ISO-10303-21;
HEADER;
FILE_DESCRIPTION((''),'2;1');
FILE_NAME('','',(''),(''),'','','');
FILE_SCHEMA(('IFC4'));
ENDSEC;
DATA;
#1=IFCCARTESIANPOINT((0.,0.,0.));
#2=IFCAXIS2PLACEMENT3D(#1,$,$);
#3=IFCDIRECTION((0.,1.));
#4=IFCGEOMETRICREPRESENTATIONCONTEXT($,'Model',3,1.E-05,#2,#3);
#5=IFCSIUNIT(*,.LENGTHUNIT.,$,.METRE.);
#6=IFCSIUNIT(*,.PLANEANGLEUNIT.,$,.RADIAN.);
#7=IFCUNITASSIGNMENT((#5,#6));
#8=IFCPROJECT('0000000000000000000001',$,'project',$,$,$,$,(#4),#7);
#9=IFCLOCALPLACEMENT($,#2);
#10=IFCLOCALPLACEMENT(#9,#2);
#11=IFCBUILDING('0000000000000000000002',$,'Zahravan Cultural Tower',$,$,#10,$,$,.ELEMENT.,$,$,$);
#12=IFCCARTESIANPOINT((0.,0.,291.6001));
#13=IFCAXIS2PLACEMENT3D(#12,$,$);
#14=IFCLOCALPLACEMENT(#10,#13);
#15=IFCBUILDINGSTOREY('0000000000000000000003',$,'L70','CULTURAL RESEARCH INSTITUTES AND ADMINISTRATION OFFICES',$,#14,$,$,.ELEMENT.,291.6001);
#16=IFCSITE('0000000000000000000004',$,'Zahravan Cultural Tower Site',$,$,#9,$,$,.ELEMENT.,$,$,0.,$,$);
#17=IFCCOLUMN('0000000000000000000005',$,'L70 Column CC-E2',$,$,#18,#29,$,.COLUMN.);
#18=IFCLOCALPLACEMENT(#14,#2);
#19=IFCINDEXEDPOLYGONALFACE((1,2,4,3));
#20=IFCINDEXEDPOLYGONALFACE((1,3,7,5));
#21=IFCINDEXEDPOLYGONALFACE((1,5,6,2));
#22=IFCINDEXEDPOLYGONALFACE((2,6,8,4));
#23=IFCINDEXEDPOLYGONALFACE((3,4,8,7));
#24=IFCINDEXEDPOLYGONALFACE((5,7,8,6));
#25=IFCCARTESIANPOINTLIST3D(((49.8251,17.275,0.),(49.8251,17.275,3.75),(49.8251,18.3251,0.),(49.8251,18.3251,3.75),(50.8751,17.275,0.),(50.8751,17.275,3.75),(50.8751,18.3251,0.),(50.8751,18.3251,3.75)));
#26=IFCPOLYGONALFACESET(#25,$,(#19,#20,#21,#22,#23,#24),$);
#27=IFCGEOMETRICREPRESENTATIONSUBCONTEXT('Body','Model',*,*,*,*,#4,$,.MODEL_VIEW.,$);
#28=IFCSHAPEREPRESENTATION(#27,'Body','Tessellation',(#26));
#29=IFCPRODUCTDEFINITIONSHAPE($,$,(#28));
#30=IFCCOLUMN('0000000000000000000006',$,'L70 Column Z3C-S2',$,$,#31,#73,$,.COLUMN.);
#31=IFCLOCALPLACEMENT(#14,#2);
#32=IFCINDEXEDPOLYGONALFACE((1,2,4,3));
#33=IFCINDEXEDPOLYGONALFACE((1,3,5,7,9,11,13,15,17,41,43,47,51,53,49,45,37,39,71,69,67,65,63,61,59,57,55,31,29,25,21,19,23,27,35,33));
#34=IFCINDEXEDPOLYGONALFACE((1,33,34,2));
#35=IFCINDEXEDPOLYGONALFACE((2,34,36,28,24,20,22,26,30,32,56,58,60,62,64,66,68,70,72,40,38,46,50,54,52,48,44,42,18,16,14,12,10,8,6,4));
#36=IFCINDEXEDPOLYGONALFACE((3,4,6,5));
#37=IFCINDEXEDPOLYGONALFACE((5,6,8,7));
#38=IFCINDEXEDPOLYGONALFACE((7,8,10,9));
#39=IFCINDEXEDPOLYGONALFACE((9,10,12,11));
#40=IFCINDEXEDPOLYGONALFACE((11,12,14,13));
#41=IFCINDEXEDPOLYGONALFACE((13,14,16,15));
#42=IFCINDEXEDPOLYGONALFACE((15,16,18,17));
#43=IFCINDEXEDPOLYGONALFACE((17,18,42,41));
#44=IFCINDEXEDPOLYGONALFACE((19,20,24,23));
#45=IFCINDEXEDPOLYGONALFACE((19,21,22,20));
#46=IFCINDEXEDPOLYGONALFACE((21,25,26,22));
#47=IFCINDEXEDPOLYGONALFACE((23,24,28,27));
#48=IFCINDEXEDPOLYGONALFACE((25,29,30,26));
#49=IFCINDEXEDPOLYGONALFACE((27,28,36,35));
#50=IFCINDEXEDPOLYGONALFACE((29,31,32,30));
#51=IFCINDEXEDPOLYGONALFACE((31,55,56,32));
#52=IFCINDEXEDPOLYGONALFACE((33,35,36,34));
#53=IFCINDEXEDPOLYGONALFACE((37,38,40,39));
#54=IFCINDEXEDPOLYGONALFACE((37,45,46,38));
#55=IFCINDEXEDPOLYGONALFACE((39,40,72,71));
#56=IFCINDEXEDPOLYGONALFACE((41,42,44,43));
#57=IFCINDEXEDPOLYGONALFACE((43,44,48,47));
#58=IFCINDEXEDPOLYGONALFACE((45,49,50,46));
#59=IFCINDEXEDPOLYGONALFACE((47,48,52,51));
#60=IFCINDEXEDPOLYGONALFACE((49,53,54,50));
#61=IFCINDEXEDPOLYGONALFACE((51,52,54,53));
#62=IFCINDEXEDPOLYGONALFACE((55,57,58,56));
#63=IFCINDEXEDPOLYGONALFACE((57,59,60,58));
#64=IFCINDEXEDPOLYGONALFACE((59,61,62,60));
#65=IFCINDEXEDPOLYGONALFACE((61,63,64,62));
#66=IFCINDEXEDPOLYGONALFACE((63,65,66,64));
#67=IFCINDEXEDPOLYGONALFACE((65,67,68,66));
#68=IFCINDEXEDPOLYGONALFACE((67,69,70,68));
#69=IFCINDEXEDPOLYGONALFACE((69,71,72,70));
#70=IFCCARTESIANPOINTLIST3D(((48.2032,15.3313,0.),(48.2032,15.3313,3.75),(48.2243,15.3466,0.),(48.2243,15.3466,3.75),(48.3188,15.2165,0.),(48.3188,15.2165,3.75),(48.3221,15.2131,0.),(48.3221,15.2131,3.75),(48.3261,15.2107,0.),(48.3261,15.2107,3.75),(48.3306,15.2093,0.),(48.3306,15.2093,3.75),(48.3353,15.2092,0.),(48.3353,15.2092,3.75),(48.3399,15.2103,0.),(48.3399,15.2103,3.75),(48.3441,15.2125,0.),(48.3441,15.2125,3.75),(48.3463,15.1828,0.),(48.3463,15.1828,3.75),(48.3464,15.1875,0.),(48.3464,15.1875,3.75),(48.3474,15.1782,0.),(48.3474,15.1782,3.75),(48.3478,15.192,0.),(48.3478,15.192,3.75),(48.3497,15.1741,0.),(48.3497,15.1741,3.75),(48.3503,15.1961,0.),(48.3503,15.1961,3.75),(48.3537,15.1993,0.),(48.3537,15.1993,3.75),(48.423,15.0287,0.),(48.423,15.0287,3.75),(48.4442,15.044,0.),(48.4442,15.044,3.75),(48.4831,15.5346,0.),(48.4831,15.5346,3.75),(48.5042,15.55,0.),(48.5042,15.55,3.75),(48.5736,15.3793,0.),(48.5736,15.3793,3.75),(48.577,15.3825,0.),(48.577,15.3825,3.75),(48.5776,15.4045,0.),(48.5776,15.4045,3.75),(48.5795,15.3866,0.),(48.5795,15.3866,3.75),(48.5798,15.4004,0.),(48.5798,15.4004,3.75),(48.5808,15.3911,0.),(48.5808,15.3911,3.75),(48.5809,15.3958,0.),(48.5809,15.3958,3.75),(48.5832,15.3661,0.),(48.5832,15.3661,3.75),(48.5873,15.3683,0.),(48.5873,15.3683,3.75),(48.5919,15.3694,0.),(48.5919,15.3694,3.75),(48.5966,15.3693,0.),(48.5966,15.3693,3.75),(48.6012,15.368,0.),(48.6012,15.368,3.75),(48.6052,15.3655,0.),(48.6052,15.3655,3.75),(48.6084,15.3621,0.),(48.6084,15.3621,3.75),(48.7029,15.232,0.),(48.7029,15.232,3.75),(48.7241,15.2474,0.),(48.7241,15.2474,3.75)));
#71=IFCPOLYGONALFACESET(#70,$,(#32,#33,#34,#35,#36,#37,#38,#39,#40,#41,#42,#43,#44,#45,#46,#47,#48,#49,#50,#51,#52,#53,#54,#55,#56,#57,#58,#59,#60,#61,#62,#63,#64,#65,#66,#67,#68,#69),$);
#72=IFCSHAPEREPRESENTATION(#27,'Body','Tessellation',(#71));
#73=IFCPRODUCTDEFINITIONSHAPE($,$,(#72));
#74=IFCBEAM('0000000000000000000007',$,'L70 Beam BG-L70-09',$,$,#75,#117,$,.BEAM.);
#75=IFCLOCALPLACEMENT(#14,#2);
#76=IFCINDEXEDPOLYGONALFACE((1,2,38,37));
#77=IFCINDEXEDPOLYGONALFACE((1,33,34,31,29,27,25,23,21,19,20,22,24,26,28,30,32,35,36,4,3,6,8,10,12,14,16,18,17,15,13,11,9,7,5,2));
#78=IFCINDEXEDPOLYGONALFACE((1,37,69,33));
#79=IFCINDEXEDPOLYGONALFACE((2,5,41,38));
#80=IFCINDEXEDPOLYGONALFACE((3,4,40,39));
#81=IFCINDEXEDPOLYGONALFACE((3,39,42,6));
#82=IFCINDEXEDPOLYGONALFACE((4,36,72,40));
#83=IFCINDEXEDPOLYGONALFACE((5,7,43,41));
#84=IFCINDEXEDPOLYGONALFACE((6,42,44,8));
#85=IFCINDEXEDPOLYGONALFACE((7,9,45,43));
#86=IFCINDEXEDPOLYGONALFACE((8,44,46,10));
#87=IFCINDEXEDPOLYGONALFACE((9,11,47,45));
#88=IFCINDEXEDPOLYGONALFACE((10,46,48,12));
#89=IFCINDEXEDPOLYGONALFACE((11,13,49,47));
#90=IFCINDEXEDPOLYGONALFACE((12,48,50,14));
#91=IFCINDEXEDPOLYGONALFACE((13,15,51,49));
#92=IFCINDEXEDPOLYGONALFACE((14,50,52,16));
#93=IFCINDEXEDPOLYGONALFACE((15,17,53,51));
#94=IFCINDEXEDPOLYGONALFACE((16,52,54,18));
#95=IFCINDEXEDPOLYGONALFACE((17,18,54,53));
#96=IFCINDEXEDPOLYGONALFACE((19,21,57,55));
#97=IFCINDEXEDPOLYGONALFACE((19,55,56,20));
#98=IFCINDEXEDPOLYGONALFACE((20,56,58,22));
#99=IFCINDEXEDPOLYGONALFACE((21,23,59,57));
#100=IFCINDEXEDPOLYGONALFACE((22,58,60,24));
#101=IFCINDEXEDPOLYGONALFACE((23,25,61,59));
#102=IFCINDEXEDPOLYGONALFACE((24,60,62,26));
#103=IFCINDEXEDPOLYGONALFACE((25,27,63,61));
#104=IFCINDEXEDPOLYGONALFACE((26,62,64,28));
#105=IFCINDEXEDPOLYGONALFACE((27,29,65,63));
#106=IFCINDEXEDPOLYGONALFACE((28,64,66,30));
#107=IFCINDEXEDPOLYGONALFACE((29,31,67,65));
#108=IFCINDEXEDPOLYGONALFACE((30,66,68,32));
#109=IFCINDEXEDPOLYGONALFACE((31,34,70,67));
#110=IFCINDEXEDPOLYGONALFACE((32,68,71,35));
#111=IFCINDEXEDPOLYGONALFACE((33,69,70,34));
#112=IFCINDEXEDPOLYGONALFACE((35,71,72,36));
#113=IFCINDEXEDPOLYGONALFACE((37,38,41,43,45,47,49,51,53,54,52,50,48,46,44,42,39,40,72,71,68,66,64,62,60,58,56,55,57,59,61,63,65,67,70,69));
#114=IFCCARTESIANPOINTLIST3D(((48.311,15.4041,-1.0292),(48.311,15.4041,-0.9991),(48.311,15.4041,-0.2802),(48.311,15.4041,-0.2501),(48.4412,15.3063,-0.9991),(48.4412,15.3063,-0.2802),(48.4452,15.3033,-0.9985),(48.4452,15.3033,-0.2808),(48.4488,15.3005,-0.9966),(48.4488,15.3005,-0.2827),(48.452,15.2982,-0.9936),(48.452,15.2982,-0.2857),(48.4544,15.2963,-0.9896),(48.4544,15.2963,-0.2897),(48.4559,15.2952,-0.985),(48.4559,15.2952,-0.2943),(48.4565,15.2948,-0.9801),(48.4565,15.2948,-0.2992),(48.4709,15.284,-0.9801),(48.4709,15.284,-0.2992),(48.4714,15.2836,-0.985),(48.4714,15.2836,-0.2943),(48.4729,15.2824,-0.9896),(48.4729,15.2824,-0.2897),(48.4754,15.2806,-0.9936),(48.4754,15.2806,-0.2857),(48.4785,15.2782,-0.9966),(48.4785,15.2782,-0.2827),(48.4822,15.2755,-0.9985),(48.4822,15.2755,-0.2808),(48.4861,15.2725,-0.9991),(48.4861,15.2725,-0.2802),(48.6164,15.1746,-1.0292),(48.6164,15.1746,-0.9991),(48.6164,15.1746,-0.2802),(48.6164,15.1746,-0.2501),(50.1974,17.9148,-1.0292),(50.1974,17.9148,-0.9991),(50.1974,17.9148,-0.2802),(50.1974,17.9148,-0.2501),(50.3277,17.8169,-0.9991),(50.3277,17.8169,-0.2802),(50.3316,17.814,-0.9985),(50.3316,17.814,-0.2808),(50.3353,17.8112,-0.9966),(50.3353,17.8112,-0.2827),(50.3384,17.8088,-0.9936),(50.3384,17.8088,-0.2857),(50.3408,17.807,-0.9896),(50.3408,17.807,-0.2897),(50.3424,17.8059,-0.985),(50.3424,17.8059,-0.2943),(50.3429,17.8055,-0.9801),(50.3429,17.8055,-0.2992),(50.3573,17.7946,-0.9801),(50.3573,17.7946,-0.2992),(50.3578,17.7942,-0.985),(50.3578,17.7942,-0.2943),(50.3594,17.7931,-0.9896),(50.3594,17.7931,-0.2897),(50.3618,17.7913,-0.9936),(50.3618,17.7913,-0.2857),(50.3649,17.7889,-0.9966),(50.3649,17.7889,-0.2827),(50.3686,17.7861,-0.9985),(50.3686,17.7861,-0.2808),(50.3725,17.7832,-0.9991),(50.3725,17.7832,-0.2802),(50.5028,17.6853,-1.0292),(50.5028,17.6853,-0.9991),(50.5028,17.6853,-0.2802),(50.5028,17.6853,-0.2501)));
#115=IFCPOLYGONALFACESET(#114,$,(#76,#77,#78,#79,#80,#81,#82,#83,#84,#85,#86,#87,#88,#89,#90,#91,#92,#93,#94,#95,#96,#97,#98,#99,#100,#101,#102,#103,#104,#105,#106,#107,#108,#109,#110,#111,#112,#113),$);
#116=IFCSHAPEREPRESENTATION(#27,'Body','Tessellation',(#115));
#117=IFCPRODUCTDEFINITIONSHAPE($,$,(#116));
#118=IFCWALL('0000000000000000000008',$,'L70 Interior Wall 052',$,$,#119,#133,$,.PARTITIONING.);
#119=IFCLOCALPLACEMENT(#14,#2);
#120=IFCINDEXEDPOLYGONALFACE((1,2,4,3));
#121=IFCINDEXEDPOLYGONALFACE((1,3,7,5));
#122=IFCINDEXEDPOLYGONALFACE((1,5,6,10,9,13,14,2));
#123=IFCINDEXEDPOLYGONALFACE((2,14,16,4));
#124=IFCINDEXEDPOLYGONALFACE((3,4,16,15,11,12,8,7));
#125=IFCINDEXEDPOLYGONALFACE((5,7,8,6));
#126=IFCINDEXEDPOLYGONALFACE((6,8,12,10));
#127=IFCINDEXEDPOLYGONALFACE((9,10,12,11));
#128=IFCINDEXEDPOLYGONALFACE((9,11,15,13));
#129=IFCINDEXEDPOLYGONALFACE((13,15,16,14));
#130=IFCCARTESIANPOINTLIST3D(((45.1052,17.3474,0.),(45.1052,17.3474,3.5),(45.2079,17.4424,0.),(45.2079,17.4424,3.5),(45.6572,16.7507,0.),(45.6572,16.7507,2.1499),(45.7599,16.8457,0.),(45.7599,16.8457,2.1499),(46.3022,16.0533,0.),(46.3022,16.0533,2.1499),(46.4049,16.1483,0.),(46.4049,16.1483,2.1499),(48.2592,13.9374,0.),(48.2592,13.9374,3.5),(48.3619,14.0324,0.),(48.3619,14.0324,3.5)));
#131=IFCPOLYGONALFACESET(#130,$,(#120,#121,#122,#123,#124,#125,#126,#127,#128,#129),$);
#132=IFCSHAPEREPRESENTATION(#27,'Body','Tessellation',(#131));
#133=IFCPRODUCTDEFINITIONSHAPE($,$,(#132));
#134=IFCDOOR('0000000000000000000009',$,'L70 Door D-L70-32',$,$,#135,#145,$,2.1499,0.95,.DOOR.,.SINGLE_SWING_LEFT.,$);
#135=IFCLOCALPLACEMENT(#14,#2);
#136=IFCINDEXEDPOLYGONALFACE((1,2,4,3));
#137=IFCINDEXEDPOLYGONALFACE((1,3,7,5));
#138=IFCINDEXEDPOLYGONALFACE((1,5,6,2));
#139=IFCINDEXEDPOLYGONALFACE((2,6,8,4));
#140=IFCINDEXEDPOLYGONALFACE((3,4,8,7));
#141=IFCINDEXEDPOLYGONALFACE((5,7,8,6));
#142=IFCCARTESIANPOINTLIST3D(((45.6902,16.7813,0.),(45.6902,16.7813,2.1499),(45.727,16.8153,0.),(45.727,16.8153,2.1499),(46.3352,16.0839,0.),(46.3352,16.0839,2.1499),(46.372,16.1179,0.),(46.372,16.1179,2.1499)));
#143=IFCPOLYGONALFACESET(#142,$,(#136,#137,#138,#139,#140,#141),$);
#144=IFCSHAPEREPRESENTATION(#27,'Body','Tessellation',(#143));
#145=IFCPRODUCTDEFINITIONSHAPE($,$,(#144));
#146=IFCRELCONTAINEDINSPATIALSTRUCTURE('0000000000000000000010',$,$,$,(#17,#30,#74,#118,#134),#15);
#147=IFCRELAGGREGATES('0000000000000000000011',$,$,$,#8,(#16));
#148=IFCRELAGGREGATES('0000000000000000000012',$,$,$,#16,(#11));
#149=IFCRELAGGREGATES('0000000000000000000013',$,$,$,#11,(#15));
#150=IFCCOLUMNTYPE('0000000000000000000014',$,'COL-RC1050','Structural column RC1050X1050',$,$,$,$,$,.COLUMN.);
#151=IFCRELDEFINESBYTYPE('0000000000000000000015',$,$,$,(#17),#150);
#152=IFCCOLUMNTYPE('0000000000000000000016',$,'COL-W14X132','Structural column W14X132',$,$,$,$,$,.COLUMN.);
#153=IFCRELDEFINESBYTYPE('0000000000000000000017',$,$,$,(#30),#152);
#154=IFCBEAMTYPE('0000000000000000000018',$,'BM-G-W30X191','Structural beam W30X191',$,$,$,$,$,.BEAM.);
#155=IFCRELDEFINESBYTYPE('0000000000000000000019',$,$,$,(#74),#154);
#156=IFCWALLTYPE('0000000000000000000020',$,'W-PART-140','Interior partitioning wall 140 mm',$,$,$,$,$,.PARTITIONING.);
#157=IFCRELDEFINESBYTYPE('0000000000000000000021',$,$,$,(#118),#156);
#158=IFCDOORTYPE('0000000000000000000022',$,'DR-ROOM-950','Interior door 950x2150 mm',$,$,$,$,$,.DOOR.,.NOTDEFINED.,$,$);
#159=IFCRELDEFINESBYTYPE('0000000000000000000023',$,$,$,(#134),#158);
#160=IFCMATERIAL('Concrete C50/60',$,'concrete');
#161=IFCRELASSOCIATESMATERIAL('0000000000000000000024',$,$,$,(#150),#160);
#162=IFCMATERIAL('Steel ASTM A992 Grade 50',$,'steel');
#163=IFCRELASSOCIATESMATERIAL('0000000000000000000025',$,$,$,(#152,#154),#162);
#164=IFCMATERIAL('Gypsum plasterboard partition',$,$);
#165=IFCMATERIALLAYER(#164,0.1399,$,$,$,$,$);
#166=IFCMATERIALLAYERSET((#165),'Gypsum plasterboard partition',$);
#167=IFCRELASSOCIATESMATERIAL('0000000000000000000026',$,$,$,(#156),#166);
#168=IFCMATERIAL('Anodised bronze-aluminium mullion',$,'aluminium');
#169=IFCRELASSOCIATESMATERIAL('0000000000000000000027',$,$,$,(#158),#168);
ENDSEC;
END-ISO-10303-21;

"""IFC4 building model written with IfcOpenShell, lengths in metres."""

from ifc_helpers import new_model, si_unit, direction, frame, frame_2d, origin, origin_2d, place, context, subcontext, project, spatial, rectangle, i_section, extrude, source, transform, mapped, material, layer, layer_set, material_profile, profile_set, type_object, element, fill, save


model = new_model("IFC4")

# Units and contexts
model_context = context("Model", 3, precision=1e-05, world=origin(), true_north=direction((0.0, 1.0)))
body_context = subcontext(model_context, "Body", "Model", "MODEL_VIEW")
ifc_project = project(units=[si_unit("LENGTHUNIT", "METRE"), si_unit("PLANEANGLEUNIT", "RADIAN")], contexts=[model_context])

# Site, building, storey
site_placement = place(None, origin())
site = spatial("IfcSite", under=ifc_project, at=site_placement, Name="Zahravan Cultural Tower Site", CompositionType="ELEMENT", RefElevation=0.0)
building_placement = place(site_placement, origin())
building = spatial("IfcBuilding", under=site, at=building_placement, Name="Zahravan Cultural Tower", CompositionType="ELEMENT")
storey_placement = place(building_placement, frame((0.0, 0.0, 291.6001)))
storey = spatial("IfcBuildingStorey", under=building, at=storey_placement, Name="L70", Description="CULTURAL RESEARCH INSTITUTES AND ADMINISTRATION OFFICES", CompositionType="ELEMENT", Elevation=291.6001)

# Columns
ifc_material_1 = material(Name="Concrete C50/60", Category="concrete")
ifc_material_profile_1 = material_profile(ifc_material_1, rectangle(XDim=1.05, YDim=1.05, at=origin_2d()), Name="RC1050X1050")
ifc_profile_set_1 = profile_set([ifc_material_profile_1], Name="Concrete C50/60")
column_type_1 = type_object("IfcColumnType", Name="COL-RC1050", Description="Structural column RC1050X1050", PredefinedType="COLUMN", material=ifc_profile_set_1)
shared_shape_1 = source(origin(), body_context, "Body", "SweptSolid", [
    extrude(rectangle(XDim=1.05, YDim=1.05, at=origin_2d()), origin(), (0.0, 0.0, 1.0), 3.75),
])
column_1_placement = place(storey_placement, frame((50.3501, 17.8, 0.0), z_axis=(0.0, 0.0, 1.0), x_axis=(1.0, 0.0, 0.0)))
element("IfcColumn", 1, at=column_1_placement, inside=storey, type_object=column_type_1, Name="L70 Column CC-E2", PredefinedType="COLUMN", context=body_context, shape_type="MappedRepresentation", body=[
    mapped(shared_shape_1, transform((0.0, 0.0, 0.0), x_axis=(1.0, 0.0, 0.0), y_axis=(0.0, 1.0, 0.0), z_axis=(0.0, 0.0, 1.0), scale=1.0)),
])
ifc_material_2 = material(Name="Steel ASTM A992 Grade 50", Category="steel")
ifc_material_profile_2 = material_profile(ifc_material_2, i_section(OverallWidth=0.374, OverallDepth=0.3721, WebThickness=0.0164, FlangeThickness=0.0261, FilletRadius=0.0181, at=origin_2d()), Name="W14X132")
ifc_profile_set_2 = profile_set([ifc_material_profile_2], Name="Steel ASTM A992 Grade 50")
column_type_2 = type_object("IfcColumnType", Name="COL-W14X132", Description="Structural column W14X132", PredefinedType="COLUMN", material=ifc_profile_set_2)
shared_shape_2 = source(origin(), body_context, "Body", "SweptSolid", [
    extrude(i_section(OverallWidth=0.374, OverallDepth=0.3721, WebThickness=0.0164, FlangeThickness=0.0261, FilletRadius=0.0181, at=origin_2d()), origin(), (0.0, 0.0, 1.0), 3.75),
])
column_2_placement = place(storey_placement, frame((48.4636, 15.2893, 0.0), z_axis=(0.0, 0.0, 1.0), x_axis=(-0.587785, 0.809017, 0.0)))
element("IfcColumn", 2, at=column_2_placement, inside=storey, type_object=column_type_2, Name="L70 Column Z3C-S2", PredefinedType="COLUMN", context=body_context, shape_type="MappedRepresentation", body=[
    mapped(shared_shape_2, transform((0.0, 0.0, 0.0), x_axis=(1.0, 0.0, 0.0), y_axis=(0.0, 1.0, 0.0), z_axis=(0.0, 0.0, 1.0), scale=1.0)),
])

# Beam
ifc_material_profile_3 = material_profile(ifc_material_2, i_section(OverallWidth=0.3821, OverallDepth=0.7791, WebThickness=0.0181, FlangeThickness=0.03, FilletRadius=0.019, at=origin_2d()), Name="W30X191")
ifc_profile_set_3 = profile_set([ifc_material_profile_3], Name="Steel ASTM A992 Grade 50")
beam_type = type_object("IfcBeamType", Name="BM-G-W30X191", Description="Structural beam W30X191", PredefinedType="BEAM", material=ifc_profile_set_3)
shared_shape_3 = source(origin(), body_context, "Body", "SweptSolid", [
    extrude(i_section(OverallWidth=0.3821, OverallDepth=0.7791, WebThickness=0.0181, FlangeThickness=0.03, FilletRadius=0.019, at=origin_2d()), origin(), (0.0, 0.0, 1.0), 3.1404),
])
beam_placement = place(storey_placement, frame((50.3501, 17.8, -0.6396), z_axis=(-0.600696, -0.799477, 0.0), x_axis=(0.799477, -0.600696, 0.0)))
element("IfcBeam", 3, at=beam_placement, inside=storey, type_object=beam_type, Name="L70 Beam BG-L70-09", PredefinedType="BEAM", context=body_context, shape_type="MappedRepresentation", body=[
    mapped(shared_shape_3, transform((0.0, 0.0, 0.0), x_axis=(1.0, 0.0, 0.0), y_axis=(0.0, 1.0, 0.0), z_axis=(0.0, 0.0, 1.0), scale=1.0)),
])

# Wall, opening, door
ifc_material_3 = material(Name="Gypsum plasterboard partition")
ifc_layer_1 = layer(ifc_material_3, 0.1399)
ifc_layer_set_1 = layer_set([ifc_layer_1], Name="Gypsum plasterboard partition")
wall_type_1 = type_object("IfcWallType", Name="W-PART-140", Description="Interior partitioning wall 140 mm", PredefinedType="PARTITIONING", material=ifc_layer_set_1)
wall_1_placement = place(storey_placement, frame((48.3105, 13.9849, 0.0), z_axis=(0.0, 0.0, 1.0), x_axis=(-0.679002, 0.734136, 0.0)))
wall_1 = element("IfcWall", 4, at=wall_1_placement, inside=storey, type_object=wall_type_1, Name="L70 Interior Wall 052", PredefinedType="PARTITIONING", context=body_context, shape_type="SweptSolid", body=[
    extrude(rectangle(XDim=4.645, YDim=0.1399, at=frame_2d((2.3225, 0.0))), origin(), (0.0, 0.0, 1.0), 3.5),
])
opening_1_placement = place(wall_1_placement, frame((2.8821, 0.0, 0.0)))
opening_1 = element("IfcOpeningElement", 5, at=opening_1_placement, cuts=wall_1, PredefinedType="OPENING", context=body_context, shape_type="SweptSolid", body=[
    extrude(rectangle(XDim=0.95, YDim=2.1499, at=frame_2d((0.4751, 1.075))), frame((0.0, 0.0798, 0.0), z_axis=(0.0, -1.0, 0.0), x_axis=(1.0, 0.0, 0.0)), (0.0, 0.0, 1.0), 0.1599),
])
ifc_material_4 = material(Name="Anodised bronze-aluminium mullion", Category="aluminium")
door_type = type_object("IfcDoorType", Name="DR-ROOM-950", Description="Interior door 950x2150 mm", OperationType="NOTDEFINED", PredefinedType="DOOR", material=ifc_material_4)
shared_shape_4 = source(origin(), body_context, "Body", "SweptSolid", [
    extrude(rectangle(XDim=0.95, YDim=2.1499, at=frame_2d((0.4751, 1.075))), frame((0.0, 0.0249, 0.0), z_axis=(0.0, -1.0, 0.0), x_axis=(1.0, 0.0, 0.0)), (0.0, 0.0, 1.0), 0.05),
])
door_1_placement = place(opening_1_placement, origin())
door_1 = element("IfcDoor", 6, at=door_1_placement, inside=storey, type_object=door_type, Name="L70 Door D-L70-32", OperationType="SINGLE_SWING_LEFT", OverallHeight=2.1499, OverallWidth=0.95, PredefinedType="DOOR", context=body_context, shape_type="MappedRepresentation", body=[
    mapped(shared_shape_4, transform((0.0, 0.0, 0.0), x_axis=(1.0, 0.0, 0.0), y_axis=(0.0, 1.0, 0.0), z_axis=(0.0, 0.0, 1.0), scale=1.0)),
])
fill(opening_1, door_1)

save(model, "model.ifc")
